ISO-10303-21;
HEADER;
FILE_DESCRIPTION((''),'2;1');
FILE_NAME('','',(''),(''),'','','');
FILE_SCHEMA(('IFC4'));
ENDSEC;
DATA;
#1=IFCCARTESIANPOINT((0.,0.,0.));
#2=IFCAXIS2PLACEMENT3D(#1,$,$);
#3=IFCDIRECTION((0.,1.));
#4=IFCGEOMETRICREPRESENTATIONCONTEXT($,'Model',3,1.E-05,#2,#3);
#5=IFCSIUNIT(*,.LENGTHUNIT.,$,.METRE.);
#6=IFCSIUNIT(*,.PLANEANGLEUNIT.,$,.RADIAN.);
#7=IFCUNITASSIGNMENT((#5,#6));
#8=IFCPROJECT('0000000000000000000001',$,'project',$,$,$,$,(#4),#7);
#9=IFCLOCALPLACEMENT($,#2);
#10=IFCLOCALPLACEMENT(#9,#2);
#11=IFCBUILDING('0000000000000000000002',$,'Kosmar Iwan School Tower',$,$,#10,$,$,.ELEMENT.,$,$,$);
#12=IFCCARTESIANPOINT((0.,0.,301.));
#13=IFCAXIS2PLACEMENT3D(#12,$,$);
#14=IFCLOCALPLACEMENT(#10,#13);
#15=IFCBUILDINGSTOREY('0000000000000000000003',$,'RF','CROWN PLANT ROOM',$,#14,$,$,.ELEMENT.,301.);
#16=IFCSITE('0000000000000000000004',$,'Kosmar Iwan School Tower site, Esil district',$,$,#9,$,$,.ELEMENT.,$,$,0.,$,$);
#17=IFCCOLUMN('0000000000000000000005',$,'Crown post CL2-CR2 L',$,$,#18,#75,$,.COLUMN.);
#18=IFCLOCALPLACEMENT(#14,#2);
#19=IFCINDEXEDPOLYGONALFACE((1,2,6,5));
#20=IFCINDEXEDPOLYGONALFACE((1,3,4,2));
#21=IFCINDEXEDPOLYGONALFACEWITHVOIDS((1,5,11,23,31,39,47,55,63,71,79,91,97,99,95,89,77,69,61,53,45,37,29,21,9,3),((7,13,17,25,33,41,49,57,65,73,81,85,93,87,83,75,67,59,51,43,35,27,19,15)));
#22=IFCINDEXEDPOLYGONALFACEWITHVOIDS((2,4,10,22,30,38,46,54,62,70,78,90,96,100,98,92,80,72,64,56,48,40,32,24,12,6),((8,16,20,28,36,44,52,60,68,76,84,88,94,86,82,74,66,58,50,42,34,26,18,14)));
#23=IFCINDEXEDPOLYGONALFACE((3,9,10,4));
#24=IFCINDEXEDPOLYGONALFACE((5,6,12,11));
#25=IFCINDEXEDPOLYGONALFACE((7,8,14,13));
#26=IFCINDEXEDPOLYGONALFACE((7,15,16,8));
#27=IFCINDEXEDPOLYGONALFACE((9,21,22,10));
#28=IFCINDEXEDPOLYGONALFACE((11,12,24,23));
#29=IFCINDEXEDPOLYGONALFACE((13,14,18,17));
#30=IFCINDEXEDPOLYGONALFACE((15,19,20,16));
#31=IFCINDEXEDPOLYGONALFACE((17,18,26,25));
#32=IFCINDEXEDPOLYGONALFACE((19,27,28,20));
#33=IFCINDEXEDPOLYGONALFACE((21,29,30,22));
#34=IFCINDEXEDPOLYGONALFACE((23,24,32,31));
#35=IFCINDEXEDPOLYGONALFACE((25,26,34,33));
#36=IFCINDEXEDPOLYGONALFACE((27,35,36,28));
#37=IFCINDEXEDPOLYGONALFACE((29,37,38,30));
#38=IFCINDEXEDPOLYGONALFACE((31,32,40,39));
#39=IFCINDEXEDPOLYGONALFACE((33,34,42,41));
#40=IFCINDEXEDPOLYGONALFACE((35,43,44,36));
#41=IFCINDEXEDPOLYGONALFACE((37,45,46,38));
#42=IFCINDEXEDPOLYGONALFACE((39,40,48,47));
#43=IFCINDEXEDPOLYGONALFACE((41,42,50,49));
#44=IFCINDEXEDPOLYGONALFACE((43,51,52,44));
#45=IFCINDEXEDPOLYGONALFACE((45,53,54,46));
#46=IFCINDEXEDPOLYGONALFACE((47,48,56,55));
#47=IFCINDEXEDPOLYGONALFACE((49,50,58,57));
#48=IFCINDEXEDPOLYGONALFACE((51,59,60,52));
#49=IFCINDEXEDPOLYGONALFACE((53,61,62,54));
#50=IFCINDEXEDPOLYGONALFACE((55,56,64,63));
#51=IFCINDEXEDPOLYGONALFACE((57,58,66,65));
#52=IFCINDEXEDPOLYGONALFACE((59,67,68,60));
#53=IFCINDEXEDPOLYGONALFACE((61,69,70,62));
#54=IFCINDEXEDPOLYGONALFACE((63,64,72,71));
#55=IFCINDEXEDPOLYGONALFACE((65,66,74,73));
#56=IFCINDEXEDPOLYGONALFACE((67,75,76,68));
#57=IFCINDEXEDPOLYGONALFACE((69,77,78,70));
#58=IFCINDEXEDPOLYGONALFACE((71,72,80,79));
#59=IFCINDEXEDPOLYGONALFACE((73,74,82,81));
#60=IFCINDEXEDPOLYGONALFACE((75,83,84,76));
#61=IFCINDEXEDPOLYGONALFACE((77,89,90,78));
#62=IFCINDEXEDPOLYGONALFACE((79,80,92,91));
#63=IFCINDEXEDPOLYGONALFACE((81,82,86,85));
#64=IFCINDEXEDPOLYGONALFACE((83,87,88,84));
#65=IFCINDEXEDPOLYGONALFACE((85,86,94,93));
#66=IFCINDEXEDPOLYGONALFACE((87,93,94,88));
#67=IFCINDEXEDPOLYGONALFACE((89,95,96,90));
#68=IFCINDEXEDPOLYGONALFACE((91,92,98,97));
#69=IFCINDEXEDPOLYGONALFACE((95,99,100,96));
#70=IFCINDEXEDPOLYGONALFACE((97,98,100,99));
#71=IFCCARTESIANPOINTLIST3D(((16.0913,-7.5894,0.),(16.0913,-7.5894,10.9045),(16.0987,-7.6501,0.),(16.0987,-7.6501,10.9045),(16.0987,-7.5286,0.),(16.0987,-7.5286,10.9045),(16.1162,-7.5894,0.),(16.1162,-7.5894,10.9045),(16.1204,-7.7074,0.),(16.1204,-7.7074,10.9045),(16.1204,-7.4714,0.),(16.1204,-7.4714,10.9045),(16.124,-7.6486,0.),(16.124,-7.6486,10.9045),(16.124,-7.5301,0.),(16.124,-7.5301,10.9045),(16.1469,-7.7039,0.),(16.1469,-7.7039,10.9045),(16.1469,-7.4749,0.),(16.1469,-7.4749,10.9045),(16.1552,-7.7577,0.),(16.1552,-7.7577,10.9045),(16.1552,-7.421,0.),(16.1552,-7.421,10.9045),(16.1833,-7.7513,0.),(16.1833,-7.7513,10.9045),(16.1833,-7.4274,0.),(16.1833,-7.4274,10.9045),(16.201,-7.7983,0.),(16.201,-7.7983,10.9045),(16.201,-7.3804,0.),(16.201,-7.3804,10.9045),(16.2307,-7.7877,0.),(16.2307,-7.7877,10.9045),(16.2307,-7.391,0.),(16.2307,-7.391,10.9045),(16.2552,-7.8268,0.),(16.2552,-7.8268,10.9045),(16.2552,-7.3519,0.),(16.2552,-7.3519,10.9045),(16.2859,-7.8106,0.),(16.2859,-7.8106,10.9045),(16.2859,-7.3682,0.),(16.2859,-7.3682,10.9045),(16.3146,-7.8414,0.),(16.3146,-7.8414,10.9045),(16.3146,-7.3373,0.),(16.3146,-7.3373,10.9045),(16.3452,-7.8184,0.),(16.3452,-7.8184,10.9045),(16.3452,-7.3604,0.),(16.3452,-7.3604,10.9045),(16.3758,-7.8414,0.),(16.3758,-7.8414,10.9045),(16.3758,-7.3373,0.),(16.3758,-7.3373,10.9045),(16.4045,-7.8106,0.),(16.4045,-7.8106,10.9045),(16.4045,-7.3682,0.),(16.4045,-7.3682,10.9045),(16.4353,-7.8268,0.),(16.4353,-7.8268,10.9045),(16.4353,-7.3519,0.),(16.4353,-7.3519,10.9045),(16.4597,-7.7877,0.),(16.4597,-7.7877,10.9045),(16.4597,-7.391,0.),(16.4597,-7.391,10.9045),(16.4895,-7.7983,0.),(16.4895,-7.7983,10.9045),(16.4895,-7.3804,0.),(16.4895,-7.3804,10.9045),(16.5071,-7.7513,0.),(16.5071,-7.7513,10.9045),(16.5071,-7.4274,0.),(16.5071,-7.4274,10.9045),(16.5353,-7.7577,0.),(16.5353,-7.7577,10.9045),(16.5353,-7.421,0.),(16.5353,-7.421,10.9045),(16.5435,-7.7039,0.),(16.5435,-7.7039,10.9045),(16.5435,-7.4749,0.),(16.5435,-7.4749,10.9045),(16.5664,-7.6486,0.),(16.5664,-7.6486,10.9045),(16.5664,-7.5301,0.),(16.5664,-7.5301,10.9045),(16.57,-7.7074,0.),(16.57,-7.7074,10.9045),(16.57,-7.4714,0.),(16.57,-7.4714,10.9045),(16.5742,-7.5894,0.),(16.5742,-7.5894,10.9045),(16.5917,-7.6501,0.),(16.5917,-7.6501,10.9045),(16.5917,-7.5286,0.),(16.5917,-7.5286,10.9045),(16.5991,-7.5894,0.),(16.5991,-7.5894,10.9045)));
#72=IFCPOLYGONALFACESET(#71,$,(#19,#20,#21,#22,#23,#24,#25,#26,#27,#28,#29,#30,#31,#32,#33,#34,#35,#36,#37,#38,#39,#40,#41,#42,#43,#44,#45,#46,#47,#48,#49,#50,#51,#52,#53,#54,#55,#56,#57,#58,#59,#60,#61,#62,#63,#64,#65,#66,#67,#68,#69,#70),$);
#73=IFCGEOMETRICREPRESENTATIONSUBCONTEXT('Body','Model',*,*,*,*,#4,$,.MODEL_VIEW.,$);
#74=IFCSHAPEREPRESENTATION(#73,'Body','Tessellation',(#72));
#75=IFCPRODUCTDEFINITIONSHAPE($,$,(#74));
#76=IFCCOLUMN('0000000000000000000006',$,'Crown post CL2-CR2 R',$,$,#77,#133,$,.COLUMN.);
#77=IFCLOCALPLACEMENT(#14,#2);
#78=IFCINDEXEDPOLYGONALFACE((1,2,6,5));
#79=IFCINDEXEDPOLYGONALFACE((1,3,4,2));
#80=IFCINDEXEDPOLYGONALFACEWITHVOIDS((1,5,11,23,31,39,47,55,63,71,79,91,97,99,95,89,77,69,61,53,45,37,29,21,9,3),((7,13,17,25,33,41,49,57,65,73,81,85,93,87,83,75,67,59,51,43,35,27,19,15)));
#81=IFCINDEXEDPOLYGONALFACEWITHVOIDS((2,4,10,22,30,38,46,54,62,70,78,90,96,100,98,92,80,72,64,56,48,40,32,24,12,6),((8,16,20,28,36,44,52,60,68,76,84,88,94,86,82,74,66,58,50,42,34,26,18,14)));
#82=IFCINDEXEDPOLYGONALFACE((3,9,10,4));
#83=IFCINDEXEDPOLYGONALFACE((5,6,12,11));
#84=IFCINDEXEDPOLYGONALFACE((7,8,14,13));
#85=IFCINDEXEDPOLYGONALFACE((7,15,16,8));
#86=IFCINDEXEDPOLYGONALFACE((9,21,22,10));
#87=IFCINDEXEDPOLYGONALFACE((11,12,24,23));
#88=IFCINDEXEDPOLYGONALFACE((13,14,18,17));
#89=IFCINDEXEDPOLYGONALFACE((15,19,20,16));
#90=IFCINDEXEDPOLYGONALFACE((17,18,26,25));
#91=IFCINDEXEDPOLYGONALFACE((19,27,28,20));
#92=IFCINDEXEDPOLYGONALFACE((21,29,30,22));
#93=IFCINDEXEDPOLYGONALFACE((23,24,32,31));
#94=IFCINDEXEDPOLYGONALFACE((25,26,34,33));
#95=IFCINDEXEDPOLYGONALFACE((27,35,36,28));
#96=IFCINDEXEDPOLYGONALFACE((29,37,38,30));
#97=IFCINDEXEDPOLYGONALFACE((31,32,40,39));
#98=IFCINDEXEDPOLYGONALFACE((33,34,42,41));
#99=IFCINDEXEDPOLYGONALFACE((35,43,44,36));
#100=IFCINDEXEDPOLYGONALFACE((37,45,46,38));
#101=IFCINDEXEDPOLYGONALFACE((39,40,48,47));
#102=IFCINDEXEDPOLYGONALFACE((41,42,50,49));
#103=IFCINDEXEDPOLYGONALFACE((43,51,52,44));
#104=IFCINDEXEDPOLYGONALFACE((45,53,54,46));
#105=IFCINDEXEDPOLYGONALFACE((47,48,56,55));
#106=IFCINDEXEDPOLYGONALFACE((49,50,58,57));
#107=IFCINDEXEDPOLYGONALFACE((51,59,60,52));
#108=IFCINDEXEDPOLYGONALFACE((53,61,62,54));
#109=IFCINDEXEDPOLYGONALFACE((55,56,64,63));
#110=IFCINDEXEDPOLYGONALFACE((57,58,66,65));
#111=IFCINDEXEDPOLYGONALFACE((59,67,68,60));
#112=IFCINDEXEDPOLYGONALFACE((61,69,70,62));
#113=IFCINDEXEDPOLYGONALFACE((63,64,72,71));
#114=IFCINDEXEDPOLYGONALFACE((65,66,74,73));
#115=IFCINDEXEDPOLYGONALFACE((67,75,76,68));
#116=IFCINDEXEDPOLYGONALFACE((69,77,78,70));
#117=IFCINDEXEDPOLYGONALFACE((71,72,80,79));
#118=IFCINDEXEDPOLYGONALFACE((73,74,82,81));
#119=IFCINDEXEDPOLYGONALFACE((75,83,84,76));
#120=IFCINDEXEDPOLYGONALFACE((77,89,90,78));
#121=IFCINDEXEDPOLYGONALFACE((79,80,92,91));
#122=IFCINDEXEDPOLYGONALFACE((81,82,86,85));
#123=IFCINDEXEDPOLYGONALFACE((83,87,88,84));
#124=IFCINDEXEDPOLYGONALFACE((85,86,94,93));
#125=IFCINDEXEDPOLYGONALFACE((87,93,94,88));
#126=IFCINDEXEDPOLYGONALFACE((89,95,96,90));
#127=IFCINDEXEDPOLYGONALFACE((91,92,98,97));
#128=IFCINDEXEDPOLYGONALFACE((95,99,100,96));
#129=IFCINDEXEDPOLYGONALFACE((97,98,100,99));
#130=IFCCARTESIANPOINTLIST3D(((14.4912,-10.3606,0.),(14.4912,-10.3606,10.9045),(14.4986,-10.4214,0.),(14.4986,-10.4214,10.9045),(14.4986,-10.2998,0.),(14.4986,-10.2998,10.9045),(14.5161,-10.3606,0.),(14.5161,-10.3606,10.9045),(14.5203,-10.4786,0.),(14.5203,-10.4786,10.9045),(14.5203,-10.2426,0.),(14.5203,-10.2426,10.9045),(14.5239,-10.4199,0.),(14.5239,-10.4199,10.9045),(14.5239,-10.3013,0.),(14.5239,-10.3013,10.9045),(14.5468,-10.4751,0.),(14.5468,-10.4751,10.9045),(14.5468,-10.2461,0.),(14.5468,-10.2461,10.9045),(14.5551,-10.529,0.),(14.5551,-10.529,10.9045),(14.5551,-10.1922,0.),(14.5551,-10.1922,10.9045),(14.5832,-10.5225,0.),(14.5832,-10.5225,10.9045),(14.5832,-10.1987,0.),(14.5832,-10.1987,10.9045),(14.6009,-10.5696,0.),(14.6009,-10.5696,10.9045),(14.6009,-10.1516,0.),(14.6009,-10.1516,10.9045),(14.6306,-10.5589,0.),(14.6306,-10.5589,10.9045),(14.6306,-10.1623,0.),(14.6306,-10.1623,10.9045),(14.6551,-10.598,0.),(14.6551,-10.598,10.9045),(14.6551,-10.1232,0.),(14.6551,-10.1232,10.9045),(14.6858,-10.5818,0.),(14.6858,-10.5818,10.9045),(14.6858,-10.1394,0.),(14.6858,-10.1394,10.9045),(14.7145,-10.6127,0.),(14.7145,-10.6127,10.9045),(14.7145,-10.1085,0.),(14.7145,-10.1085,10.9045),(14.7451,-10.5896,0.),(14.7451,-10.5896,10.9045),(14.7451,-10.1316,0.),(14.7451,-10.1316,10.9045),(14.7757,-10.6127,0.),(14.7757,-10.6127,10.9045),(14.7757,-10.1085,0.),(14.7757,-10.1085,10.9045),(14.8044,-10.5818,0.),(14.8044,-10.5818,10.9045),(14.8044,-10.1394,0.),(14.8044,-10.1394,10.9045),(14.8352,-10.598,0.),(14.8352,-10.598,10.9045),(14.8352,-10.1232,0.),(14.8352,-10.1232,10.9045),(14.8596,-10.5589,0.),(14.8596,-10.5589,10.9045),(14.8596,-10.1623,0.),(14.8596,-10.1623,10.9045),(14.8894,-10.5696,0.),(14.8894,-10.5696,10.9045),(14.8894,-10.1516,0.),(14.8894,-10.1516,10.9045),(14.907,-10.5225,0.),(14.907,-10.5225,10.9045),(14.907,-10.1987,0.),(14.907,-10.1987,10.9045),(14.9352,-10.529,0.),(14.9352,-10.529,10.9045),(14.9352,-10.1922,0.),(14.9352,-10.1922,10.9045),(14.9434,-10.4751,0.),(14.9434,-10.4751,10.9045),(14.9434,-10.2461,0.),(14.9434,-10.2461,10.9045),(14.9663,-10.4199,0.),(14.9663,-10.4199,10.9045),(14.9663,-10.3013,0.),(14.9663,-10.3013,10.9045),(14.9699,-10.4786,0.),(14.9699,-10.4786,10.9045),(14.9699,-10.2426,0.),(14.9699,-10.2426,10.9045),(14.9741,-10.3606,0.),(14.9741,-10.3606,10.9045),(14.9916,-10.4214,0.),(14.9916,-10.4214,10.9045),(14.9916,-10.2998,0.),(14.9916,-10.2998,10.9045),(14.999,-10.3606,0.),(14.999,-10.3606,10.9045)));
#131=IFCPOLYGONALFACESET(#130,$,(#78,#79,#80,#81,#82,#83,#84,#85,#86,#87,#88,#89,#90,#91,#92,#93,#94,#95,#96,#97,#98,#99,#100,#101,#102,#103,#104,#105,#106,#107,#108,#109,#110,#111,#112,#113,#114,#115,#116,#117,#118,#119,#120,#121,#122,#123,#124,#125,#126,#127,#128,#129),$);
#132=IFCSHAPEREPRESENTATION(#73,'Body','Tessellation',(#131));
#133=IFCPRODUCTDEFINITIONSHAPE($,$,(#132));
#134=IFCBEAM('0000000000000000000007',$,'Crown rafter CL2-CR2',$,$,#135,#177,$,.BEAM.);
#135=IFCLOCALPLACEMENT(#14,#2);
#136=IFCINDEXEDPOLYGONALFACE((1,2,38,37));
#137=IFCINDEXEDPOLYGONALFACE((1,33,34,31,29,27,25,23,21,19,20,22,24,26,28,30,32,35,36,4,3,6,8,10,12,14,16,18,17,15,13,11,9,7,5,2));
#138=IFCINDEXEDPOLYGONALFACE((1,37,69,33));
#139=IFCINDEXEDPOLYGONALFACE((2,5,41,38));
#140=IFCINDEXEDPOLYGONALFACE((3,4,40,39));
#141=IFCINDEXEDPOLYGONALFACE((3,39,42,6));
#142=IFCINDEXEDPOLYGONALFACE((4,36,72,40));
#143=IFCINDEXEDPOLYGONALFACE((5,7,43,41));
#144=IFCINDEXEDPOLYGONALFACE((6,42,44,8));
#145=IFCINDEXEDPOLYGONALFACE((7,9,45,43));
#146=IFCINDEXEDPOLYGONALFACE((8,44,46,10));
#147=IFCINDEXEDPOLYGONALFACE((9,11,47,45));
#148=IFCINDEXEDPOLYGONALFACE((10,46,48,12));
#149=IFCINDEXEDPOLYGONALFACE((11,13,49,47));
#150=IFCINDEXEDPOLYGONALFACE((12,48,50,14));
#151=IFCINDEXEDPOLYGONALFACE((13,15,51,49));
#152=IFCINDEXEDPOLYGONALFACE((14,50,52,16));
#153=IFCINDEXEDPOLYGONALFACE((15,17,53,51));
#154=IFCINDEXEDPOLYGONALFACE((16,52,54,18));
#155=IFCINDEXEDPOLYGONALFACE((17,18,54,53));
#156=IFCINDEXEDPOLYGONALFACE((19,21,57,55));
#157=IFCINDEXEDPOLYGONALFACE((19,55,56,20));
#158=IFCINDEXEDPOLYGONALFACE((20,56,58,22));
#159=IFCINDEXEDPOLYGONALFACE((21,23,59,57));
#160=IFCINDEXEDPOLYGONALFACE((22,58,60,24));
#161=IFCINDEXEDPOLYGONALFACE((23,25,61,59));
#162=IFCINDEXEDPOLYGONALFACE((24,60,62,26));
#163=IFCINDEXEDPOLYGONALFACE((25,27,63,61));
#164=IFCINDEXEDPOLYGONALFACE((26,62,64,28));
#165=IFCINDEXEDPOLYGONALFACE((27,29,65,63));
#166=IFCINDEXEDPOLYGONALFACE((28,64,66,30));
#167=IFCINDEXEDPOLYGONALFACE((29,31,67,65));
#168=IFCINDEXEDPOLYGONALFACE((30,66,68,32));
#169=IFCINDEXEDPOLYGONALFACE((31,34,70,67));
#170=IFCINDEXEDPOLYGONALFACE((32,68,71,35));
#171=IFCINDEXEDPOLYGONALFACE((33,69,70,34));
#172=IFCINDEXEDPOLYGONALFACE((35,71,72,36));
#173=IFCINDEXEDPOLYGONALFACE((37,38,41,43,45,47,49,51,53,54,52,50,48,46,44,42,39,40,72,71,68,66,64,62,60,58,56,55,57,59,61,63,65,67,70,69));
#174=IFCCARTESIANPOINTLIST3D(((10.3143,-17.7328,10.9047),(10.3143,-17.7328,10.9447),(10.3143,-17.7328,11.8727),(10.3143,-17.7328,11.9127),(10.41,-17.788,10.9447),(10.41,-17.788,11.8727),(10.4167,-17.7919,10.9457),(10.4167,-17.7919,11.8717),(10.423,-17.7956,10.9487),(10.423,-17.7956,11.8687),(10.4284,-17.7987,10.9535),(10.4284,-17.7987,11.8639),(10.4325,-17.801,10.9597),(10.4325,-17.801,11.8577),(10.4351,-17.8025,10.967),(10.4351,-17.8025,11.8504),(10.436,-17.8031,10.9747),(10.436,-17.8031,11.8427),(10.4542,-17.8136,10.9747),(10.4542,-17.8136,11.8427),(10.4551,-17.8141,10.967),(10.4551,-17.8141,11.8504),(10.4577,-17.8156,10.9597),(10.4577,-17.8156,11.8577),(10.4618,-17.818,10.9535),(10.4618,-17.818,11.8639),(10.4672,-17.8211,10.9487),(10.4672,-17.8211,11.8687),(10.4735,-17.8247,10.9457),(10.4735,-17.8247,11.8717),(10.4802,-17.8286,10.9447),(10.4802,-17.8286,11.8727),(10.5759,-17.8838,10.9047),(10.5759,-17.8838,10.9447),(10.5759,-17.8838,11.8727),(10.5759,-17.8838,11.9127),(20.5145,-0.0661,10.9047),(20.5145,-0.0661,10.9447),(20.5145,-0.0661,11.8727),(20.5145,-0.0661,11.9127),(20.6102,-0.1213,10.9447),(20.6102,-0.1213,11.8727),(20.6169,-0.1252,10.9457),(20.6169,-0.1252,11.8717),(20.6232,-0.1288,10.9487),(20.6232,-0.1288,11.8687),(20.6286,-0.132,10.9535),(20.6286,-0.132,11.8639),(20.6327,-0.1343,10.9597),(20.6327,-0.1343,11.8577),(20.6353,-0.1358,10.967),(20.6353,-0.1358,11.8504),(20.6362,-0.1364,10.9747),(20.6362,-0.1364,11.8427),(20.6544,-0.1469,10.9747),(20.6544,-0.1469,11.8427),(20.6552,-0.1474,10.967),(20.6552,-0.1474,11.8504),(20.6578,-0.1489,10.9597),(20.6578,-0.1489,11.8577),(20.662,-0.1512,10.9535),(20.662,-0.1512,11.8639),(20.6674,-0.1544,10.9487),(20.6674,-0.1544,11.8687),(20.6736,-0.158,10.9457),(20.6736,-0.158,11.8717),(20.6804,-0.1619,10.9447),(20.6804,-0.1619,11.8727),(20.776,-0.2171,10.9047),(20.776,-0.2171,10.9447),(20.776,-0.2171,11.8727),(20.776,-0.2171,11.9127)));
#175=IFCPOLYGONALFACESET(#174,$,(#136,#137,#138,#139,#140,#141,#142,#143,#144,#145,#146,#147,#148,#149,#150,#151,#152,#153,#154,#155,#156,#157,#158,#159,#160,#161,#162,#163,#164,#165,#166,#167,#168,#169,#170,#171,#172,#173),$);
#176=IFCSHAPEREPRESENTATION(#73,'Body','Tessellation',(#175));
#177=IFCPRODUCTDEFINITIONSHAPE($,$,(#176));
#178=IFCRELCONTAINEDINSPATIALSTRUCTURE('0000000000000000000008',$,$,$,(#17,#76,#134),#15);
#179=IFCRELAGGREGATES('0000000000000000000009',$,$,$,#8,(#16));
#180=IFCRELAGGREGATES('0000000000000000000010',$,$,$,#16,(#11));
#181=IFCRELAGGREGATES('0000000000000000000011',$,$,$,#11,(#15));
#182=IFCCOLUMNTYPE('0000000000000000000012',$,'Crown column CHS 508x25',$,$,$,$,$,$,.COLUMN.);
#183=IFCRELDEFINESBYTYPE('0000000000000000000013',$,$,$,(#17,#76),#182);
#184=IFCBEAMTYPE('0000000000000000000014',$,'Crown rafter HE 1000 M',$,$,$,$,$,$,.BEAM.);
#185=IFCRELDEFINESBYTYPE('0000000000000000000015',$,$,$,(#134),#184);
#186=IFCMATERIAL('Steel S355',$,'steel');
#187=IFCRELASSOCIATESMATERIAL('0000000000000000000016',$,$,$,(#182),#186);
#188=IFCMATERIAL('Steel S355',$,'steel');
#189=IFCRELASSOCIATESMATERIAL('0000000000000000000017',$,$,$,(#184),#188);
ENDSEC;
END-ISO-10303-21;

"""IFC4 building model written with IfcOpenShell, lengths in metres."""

from ifc_helpers import new_model, si_unit, direction, frame, origin, origin_2d, place, context, subcontext, project, spatial, hollow_circle, i_section, extrude, material, material_profile, profile_set, type_object, element, save


model = new_model("IFC4")

# Units and contexts
model_context = context("Model", 3, precision=1e-05, world=origin(), true_north=direction((0.0, 1.0)))
body_context = subcontext(model_context, "Body", "Model", "MODEL_VIEW")
ifc_project = project(units=[si_unit("LENGTHUNIT", "METRE"), si_unit("PLANEANGLEUNIT", "RADIAN")], contexts=[model_context])

# Site, building, storey
site_placement = place(None, origin())
site = spatial("IfcSite", under=ifc_project, at=site_placement, Name="Kosmar Iwan School Tower site, Esil district", CompositionType="ELEMENT", RefElevation=0.0)
building_placement = place(site_placement, origin())
building = spatial("IfcBuilding", under=site, at=building_placement, Name="Kosmar Iwan School Tower", CompositionType="ELEMENT")
storey_placement = place(building_placement, frame((0.0, 0.0, 301.0)))
storey = spatial("IfcBuildingStorey", under=building, at=storey_placement, Name="RF", Description="CROWN PLANT ROOM", CompositionType="ELEMENT", Elevation=301.0)

# Columns
ifc_material_1 = material(Name="Steel S355", Category="steel")
ifc_material_profile_1 = material_profile(ifc_material_1, hollow_circle(Radius=0.2539, WallThickness=0.0249, at=origin_2d()), Name="CHS 508x25")
ifc_profile_set_1 = profile_set([ifc_material_profile_1], Name="Steel S355")
column_type = type_object("IfcColumnType", Name="Crown column CHS 508x25", PredefinedType="COLUMN", material=ifc_profile_set_1)
for number, where, z_axis, x_axis, name in (
    (1, (16.3452, -7.5894, 0.0), (0.0, 0.0, 1.0), (1.0, 0.0, 0.0), "Crown post CL2-CR2 L"),
    (2, (14.7451, -10.3606, 0.0), (0.0, 0.0, 1.0), (1.0, 0.0, 0.0), "Crown post CL2-CR2 R"),
):
    element("IfcColumn", number, at=place(storey_placement, frame(where, z_axis=z_axis, x_axis=x_axis)), inside=storey, type_object=column_type, Name=name, PredefinedType="COLUMN", context=body_context, shape_type="SweptSolid", body=[
        extrude(hollow_circle(Radius=0.2539, WallThickness=0.0249, at=origin_2d()), origin(), (0.0, 0.0, 1.0), 10.9045),
    ])

# Beam
ifc_material_2 = material(Name="Steel S355", Category="steel")
ifc_material_profile_2 = material_profile(ifc_material_2, i_section(OverallWidth=0.302, OverallDepth=1.0081, WebThickness=0.021, FlangeThickness=0.04, FilletRadius=0.03, at=origin_2d()), Name="HE 1000 M")
ifc_profile_set_2 = profile_set([ifc_material_profile_2], Name="Steel S355")
beam_type_1 = type_object("IfcBeamType", Name="Crown rafter HE 1000 M", PredefinedType="BEAM", material=ifc_profile_set_2)
beam_1_placement = place(storey_placement, frame((20.6453, -0.1416, 11.4087), z_axis=(-0.500011, -0.866019, 0.0), x_axis=(0.866019, -0.500011, 0.0)))
element("IfcBeam", 3, at=beam_1_placement, inside=storey, type_object=beam_type_1, Name="Crown rafter CL2-CR2", PredefinedType="BEAM", context=body_context, shape_type="SweptSolid", body=[
    extrude(i_section(OverallWidth=0.302, OverallDepth=1.0081, WebThickness=0.021, FlangeThickness=0.04, FilletRadius=0.03, at=origin_2d()), origin(), (0.0, 0.0, 1.0), 20.3999),
])

save(model, "model.ifc")
